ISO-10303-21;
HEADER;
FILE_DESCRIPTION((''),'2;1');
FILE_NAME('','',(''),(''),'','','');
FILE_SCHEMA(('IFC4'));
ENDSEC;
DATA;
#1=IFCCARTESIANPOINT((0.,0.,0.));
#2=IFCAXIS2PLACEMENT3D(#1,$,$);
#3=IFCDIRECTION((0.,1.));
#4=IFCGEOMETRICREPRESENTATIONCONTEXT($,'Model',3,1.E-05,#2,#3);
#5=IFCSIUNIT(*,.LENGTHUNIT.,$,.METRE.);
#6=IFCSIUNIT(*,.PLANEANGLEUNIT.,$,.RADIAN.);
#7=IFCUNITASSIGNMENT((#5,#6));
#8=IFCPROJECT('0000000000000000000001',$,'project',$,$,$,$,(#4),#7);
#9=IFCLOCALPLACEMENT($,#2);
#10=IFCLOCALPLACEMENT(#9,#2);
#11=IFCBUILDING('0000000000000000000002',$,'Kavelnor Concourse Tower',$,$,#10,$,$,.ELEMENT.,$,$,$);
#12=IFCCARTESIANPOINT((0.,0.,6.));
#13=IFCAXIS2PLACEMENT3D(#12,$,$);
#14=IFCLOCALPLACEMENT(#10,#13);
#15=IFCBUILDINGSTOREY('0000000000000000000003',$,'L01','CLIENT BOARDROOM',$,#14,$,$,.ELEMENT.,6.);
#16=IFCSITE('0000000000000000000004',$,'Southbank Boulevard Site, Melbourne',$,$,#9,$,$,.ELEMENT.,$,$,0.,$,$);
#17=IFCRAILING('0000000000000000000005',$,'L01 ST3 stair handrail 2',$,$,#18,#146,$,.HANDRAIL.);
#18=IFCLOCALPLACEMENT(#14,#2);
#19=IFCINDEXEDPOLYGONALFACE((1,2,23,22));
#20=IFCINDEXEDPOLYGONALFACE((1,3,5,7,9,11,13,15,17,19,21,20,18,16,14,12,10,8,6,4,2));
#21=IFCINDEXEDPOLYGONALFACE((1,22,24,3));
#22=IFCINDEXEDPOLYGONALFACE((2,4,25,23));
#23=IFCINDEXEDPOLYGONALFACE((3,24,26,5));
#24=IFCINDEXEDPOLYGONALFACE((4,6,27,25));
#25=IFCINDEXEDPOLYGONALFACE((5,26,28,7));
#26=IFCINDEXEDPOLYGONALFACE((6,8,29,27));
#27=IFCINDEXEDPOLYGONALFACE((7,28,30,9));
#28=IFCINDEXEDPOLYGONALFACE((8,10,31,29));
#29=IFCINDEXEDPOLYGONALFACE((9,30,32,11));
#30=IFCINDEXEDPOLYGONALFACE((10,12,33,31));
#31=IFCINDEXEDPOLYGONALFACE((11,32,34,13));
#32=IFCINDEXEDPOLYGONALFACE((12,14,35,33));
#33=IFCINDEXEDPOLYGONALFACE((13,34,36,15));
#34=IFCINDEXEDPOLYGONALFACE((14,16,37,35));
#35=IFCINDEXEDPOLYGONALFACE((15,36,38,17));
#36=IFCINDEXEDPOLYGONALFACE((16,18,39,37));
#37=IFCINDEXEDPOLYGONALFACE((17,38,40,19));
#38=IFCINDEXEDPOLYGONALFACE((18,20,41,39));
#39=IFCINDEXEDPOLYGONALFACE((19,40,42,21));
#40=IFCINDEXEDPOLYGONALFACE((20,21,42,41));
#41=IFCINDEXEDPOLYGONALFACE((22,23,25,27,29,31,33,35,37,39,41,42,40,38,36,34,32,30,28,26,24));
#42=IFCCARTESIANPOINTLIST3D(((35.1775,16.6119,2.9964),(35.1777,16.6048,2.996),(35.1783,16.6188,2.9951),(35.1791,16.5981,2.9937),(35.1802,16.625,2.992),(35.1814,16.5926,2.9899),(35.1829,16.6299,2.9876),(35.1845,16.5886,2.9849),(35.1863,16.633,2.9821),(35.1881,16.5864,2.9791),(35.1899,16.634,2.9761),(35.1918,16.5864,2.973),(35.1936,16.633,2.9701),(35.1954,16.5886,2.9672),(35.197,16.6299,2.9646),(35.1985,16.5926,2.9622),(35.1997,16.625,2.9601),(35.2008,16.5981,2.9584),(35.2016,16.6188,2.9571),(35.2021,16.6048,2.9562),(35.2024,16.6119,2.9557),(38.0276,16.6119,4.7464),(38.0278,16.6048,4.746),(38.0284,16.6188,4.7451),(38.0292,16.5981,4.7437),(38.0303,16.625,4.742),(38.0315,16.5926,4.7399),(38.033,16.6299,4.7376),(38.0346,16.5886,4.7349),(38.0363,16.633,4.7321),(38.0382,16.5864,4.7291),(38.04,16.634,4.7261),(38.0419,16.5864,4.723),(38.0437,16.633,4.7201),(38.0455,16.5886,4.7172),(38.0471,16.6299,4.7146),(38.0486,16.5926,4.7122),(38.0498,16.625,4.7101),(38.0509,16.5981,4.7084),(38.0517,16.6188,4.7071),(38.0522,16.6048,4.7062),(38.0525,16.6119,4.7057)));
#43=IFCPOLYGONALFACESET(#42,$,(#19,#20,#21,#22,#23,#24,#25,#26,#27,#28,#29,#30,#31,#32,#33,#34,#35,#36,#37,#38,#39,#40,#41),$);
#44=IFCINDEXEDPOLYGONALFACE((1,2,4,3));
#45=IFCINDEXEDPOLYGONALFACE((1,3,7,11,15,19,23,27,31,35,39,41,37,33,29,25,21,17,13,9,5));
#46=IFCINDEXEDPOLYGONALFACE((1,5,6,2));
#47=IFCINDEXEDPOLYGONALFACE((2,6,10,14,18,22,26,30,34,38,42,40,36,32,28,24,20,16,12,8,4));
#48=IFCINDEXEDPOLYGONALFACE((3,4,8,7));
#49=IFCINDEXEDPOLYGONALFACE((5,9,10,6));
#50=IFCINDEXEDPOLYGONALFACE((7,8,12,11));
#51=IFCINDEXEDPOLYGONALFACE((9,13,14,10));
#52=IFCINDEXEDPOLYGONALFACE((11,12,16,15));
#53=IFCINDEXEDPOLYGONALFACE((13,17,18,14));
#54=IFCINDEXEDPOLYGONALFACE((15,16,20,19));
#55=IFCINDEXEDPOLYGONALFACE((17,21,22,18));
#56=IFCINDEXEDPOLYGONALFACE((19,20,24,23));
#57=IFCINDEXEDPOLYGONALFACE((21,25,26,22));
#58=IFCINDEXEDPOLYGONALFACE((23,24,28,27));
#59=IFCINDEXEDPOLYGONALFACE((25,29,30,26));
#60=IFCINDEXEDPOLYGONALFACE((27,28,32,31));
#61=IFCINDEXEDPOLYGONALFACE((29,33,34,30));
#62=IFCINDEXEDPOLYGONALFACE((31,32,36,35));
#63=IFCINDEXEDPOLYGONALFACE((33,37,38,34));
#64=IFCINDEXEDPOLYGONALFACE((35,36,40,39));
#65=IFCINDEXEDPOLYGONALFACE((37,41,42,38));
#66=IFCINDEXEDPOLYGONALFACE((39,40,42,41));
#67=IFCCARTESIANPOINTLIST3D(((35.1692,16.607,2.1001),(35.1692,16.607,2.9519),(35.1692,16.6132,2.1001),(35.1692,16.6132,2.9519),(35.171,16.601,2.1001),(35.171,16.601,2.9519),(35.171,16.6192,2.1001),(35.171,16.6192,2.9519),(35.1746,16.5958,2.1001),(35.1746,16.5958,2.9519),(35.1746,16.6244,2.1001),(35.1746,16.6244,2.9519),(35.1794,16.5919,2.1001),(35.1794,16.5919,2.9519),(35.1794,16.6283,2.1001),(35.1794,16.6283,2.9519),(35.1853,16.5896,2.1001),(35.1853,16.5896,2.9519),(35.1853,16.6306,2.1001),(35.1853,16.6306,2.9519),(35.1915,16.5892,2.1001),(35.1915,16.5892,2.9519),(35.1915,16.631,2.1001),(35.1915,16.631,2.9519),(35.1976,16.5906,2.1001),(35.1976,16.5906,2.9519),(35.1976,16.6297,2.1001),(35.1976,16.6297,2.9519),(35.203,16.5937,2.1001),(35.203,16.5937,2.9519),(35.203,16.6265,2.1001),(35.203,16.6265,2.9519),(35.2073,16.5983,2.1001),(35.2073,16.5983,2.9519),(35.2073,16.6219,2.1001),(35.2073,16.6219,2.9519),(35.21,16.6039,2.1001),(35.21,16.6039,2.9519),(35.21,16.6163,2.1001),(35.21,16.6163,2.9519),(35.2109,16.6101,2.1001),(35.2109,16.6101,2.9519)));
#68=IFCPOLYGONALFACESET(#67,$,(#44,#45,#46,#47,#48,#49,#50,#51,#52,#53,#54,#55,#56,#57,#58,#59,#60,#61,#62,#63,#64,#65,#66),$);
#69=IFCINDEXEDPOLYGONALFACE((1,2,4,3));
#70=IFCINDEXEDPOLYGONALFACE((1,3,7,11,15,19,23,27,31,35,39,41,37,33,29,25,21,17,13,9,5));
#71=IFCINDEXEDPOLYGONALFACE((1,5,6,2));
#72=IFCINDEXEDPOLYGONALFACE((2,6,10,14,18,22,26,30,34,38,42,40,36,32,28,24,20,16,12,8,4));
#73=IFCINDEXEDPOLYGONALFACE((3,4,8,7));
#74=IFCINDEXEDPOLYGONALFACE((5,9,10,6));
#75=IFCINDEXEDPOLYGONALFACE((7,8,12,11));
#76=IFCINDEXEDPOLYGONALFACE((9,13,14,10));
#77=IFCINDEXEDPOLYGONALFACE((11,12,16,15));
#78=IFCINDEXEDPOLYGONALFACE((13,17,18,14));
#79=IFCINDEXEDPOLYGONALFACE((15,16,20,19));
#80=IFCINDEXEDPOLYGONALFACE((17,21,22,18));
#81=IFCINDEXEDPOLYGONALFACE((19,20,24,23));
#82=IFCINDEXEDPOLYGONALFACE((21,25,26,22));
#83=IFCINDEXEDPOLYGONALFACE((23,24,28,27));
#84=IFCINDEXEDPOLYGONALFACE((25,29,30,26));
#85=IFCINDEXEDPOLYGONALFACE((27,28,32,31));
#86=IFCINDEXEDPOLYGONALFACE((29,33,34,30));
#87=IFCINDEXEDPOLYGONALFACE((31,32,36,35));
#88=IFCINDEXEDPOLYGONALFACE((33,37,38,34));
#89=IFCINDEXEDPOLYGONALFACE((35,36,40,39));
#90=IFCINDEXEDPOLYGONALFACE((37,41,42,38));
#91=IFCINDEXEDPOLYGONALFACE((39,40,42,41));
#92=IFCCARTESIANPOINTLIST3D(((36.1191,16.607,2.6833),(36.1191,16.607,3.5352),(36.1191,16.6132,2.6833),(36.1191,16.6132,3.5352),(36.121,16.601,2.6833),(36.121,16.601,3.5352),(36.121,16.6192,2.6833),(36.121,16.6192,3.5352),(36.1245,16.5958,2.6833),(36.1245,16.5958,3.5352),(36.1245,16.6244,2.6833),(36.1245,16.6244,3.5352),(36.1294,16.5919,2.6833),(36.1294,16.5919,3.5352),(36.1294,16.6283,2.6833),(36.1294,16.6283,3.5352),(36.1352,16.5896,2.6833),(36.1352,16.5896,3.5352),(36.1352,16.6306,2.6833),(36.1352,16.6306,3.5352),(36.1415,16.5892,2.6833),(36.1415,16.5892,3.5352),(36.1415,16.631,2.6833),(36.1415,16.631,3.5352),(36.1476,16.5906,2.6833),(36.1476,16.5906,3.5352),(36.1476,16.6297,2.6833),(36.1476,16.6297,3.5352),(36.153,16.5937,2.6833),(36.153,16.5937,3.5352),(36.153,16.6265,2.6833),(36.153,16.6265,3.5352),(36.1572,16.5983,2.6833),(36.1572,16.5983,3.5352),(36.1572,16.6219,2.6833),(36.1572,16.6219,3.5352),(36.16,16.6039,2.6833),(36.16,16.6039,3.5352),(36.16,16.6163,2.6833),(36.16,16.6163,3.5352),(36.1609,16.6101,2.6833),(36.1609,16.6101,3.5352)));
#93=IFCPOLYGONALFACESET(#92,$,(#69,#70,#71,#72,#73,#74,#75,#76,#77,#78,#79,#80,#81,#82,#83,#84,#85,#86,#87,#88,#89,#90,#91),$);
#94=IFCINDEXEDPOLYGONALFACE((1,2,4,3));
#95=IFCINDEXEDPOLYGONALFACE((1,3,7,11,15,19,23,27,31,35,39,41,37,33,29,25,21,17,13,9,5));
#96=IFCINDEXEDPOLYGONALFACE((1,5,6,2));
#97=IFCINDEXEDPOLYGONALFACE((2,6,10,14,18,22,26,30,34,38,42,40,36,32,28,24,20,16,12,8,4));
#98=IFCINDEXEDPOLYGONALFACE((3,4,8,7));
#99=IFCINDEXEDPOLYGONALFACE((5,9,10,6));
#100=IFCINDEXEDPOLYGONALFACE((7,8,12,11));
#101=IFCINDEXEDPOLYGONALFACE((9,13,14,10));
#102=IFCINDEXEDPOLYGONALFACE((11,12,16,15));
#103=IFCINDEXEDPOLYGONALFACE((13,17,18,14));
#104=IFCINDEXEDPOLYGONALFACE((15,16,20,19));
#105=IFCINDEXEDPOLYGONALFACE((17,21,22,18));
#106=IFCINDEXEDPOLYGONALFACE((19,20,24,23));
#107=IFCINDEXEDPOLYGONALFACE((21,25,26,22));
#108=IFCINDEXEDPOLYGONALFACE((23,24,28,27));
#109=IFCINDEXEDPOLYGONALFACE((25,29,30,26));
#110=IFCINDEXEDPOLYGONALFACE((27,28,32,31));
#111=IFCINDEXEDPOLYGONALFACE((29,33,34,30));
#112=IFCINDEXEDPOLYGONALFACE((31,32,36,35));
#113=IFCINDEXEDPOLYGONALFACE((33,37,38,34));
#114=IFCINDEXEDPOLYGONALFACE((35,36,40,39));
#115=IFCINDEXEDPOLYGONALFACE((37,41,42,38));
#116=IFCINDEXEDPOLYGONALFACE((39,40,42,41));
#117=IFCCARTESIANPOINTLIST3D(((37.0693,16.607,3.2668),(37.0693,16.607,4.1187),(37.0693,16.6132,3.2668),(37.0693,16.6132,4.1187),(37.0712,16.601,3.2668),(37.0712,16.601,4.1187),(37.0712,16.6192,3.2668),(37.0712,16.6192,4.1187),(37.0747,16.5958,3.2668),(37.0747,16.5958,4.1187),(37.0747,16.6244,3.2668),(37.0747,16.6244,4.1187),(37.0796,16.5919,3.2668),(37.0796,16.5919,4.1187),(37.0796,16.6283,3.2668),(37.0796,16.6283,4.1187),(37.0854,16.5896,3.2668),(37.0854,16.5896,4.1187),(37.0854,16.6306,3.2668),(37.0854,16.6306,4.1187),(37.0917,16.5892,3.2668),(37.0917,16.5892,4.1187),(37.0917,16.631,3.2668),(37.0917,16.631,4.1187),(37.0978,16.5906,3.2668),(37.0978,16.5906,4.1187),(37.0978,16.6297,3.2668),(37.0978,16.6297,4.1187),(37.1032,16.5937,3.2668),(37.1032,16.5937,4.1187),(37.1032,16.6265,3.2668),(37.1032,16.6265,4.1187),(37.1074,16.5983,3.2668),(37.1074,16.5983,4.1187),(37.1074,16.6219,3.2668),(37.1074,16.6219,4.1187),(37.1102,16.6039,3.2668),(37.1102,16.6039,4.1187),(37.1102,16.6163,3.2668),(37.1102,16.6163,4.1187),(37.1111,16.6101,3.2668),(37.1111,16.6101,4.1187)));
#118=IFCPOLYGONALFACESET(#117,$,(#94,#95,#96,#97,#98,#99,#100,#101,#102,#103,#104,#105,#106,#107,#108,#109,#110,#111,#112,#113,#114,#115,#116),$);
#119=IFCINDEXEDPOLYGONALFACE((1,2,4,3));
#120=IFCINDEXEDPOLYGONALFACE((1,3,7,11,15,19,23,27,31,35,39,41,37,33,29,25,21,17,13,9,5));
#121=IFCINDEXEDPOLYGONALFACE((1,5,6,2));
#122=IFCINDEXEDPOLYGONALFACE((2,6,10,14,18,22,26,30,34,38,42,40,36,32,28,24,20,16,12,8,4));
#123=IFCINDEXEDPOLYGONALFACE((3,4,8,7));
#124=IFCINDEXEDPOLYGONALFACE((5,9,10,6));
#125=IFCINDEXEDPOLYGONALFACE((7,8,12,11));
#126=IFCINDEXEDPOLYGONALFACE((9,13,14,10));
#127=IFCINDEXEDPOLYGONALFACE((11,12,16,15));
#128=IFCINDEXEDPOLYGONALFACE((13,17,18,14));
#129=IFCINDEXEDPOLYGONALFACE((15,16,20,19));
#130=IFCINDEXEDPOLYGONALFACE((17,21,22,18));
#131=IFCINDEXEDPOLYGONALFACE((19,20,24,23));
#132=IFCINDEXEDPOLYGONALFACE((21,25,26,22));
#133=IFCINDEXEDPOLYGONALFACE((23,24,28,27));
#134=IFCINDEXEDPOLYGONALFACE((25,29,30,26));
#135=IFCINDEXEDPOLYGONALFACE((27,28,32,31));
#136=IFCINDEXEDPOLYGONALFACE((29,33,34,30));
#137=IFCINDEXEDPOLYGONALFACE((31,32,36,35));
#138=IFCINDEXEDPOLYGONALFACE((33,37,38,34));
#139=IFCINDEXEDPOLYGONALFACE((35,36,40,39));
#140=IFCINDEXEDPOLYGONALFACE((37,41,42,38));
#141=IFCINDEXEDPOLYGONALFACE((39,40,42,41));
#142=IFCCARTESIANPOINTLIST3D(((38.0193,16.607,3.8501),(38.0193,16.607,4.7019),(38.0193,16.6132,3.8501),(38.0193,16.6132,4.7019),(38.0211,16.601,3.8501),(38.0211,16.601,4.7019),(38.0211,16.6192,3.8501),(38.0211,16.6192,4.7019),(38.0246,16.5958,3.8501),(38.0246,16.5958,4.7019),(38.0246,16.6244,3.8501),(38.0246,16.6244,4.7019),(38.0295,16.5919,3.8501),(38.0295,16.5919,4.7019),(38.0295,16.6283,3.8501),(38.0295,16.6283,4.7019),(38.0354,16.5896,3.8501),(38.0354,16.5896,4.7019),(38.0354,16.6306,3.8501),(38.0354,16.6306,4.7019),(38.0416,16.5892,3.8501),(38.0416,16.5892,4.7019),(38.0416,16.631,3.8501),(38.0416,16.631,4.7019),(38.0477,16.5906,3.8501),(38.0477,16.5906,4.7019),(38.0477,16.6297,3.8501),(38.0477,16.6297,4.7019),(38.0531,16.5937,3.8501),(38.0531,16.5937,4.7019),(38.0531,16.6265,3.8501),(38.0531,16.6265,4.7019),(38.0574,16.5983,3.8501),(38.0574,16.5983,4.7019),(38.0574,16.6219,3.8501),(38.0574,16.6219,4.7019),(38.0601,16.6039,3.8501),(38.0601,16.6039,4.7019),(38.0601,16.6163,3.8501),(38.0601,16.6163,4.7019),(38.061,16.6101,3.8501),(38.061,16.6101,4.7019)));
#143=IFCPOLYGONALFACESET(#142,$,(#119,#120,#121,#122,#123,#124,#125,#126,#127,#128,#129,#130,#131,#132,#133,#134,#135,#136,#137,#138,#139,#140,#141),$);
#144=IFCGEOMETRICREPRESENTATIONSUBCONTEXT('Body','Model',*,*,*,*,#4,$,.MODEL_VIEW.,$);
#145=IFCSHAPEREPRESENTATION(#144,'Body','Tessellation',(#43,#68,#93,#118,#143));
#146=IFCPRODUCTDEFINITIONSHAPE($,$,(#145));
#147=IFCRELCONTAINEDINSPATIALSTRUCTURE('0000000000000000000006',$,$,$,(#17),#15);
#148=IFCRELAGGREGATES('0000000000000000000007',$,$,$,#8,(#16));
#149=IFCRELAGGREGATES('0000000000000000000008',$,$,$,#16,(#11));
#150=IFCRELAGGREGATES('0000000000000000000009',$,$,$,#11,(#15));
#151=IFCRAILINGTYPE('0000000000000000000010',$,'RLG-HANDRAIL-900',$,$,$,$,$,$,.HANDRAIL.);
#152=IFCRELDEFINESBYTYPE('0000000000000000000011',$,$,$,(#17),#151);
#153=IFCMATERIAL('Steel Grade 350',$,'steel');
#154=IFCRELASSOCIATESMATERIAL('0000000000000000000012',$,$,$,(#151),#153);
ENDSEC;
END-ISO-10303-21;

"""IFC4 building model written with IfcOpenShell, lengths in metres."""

from ifc_helpers import new_model, si_unit, direction, frame, origin, origin_2d, place, context, subcontext, project, spatial, circle, extrude, material, type_object, element, save


model = new_model("IFC4")

# Units and contexts
model_context = context("Model", 3, precision=1e-05, world=origin(), true_north=direction((0.0, 1.0)))
body_context = subcontext(model_context, "Body", "Model", "MODEL_VIEW")
ifc_project = project(units=[si_unit("LENGTHUNIT", "METRE"), si_unit("PLANEANGLEUNIT", "RADIAN")], contexts=[model_context])

# Site, building, storey
site_placement = place(None, origin())
site = spatial("IfcSite", under=ifc_project, at=site_placement, Name="Southbank Boulevard Site, Melbourne", CompositionType="ELEMENT", RefElevation=0.0)
building_placement = place(site_placement, origin())
building = spatial("IfcBuilding", under=site, at=building_placement, Name="Kavelnor Concourse Tower", CompositionType="ELEMENT")
storey_placement = place(building_placement, frame((0.0, 0.0, 6.0)))
storey = spatial("IfcBuildingStorey", under=building, at=storey_placement, Name="L01", Description="CLIENT BOARDROOM", CompositionType="ELEMENT", Elevation=6.0)

# Shared definitions
ifc_material_1 = material(Name="Steel Grade 350", Category="steel")

# Railing
railing_type_1 = type_object("IfcRailingType", Name="RLG-HANDRAIL-900", PredefinedType="HANDRAIL", material=ifc_material_1)
railing_1_placement = place(storey_placement, frame((35.1899, 16.6101, 2.1001)))
element("IfcRailing", 1, at=railing_1_placement, inside=storey, type_object=railing_type_1, Name="L01 ST3 stair handrail 2", PredefinedType="HANDRAIL", context=body_context, shape_type="SweptSolid", body=[
    extrude(circle(Radius=0.0239, at=origin_2d()), frame((0.0, 0.0, 0.876), z_axis=(0.852179, 0.0, 0.52325), x_axis=(0.0, 1.0, 0.0)), (0.0, 0.0, 1.0), 3.3445),
    extrude(circle(Radius=0.021, at=origin_2d()), origin(), (0.0, 0.0, 1.0), 0.8518),
    extrude(circle(Radius=0.021, at=origin_2d()), frame((0.95, 0.0, 0.5833)), (0.0, 0.0, 1.0), 0.8518),
    extrude(circle(Radius=0.021, at=origin_2d()), frame((1.9001, 0.0, 1.1667)), (0.0, 0.0, 1.0), 0.8518),
    extrude(circle(Radius=0.021, at=origin_2d()), frame((2.8501, 0.0, 1.75)), (0.0, 0.0, 1.0), 0.8518),
])

save(model, "model.ifc")
